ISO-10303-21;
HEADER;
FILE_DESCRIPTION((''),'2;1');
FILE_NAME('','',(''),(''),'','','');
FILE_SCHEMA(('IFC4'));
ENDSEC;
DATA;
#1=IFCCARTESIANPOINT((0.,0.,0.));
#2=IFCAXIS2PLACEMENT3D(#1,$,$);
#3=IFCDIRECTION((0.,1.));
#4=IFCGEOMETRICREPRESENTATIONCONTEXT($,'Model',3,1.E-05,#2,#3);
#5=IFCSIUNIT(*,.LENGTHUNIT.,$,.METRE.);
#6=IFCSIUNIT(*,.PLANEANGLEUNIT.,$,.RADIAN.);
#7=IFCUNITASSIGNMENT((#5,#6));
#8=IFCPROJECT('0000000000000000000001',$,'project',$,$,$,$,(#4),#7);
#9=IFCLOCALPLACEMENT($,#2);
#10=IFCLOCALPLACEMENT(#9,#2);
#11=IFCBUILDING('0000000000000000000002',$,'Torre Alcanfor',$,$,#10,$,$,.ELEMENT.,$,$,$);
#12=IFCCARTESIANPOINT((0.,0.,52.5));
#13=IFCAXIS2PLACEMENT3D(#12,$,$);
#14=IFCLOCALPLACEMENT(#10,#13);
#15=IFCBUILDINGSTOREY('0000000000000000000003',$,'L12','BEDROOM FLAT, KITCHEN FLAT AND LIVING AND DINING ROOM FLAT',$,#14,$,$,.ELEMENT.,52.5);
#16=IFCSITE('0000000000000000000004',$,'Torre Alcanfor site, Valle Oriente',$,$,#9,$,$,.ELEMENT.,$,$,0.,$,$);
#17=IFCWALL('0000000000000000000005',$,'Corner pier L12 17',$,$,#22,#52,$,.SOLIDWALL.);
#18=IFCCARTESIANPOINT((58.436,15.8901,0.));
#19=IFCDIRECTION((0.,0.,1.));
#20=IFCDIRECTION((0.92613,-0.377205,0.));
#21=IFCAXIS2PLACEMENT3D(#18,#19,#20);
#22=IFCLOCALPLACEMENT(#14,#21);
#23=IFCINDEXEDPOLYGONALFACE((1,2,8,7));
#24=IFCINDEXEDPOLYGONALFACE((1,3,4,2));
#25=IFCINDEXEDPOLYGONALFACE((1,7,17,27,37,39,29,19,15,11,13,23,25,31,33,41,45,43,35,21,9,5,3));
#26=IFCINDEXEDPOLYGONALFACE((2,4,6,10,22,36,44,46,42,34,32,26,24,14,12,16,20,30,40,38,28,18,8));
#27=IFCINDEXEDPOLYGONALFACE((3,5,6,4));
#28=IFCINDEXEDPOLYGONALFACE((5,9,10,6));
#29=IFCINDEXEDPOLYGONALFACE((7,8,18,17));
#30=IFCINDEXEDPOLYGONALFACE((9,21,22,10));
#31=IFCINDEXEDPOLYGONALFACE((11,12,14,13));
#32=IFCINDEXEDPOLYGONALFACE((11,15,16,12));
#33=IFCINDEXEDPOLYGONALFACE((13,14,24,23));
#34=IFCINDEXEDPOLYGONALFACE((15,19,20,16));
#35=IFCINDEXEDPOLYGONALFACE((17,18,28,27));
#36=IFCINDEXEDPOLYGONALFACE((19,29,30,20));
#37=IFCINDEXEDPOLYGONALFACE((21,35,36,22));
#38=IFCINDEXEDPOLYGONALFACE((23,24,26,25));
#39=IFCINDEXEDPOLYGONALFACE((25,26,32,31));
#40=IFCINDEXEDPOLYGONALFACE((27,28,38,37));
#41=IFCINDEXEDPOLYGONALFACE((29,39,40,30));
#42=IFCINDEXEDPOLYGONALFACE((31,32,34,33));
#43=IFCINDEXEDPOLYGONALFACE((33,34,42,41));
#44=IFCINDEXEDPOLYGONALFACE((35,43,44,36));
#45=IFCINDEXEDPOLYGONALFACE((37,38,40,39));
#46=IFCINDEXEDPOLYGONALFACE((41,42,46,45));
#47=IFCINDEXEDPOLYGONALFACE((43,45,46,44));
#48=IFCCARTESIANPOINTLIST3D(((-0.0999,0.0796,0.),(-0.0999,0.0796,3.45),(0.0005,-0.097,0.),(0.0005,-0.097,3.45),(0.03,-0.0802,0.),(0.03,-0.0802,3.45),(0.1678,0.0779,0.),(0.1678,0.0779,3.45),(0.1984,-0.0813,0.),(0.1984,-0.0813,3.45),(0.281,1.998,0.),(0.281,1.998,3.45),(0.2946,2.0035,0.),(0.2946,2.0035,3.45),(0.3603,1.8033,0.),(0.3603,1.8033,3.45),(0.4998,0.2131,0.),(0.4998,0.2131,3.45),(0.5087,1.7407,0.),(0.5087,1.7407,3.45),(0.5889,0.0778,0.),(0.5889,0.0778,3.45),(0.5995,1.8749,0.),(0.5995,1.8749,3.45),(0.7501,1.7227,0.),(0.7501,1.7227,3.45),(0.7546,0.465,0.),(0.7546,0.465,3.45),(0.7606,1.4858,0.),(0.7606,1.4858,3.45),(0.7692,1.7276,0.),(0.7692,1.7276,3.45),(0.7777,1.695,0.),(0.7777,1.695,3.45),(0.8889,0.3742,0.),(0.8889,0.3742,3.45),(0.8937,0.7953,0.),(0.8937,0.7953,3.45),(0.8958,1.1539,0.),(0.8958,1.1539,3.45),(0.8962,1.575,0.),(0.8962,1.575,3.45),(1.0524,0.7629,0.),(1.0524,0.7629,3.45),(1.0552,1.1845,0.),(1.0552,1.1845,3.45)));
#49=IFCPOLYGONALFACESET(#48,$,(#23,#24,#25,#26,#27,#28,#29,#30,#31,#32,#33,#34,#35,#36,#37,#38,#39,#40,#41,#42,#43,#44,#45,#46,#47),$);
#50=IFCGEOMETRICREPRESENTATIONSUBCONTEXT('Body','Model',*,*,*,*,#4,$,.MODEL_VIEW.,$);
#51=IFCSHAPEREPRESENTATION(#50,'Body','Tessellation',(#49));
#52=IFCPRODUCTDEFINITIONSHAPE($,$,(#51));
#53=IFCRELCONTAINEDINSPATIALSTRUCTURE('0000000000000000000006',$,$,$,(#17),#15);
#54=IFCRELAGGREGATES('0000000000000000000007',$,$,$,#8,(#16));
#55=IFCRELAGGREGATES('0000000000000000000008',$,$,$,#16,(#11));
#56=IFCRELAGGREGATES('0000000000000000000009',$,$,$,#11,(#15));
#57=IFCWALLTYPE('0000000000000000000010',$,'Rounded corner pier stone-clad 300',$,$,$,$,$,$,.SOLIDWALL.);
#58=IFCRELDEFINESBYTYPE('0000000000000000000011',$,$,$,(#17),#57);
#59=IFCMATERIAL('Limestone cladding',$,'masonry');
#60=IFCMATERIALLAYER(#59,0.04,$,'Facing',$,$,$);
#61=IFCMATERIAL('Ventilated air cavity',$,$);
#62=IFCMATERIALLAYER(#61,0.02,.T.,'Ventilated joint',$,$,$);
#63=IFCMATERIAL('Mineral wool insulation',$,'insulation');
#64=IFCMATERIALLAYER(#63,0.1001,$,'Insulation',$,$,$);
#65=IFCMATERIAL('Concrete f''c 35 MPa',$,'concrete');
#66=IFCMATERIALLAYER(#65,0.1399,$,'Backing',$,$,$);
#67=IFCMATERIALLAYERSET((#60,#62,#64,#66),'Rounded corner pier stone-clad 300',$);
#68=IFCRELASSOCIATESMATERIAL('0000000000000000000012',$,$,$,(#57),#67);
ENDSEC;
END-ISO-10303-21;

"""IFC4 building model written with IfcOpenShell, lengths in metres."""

from ifc_helpers import new_model, si_unit, direction, frame, origin, place, context, subcontext, project, spatial, polyline, outline, extrude, material, layer, layer_set, type_object, element, save


model = new_model("IFC4")

# Units and contexts
model_context = context("Model", 3, precision=1e-05, world=origin(), true_north=direction((0.0, 1.0)))
body_context = subcontext(model_context, "Body", "Model", "MODEL_VIEW")
ifc_project = project(units=[si_unit("LENGTHUNIT", "METRE"), si_unit("PLANEANGLEUNIT", "RADIAN")], contexts=[model_context])

# Site, building, storey
site_placement = place(None, origin())
site = spatial("IfcSite", under=ifc_project, at=site_placement, Name="Torre Alcanfor site, Valle Oriente", CompositionType="ELEMENT", RefElevation=0.0)
building_placement = place(site_placement, origin())
building = spatial("IfcBuilding", under=site, at=building_placement, Name="Torre Alcanfor", CompositionType="ELEMENT")
storey_placement = place(building_placement, frame((0.0, 0.0, 52.5)))
storey = spatial("IfcBuildingStorey", under=building, at=storey_placement, Name="L12", Description="BEDROOM FLAT, KITCHEN FLAT AND LIVING AND DINING ROOM FLAT", CompositionType="ELEMENT", Elevation=52.5)

# Shared definitions
ifc_material_1 = material(Name="Limestone cladding", Category="masonry")
ifc_material_2 = material(Name="Ventilated air cavity")
ifc_material_3 = material(Name="Mineral wool insulation", Category="insulation")
ifc_material_4 = material(Name="Concrete f'c 35 MPa", Category="concrete")

# Wall
ifc_layer_1 = layer(ifc_material_1, 0.04, Name="Facing")
ifc_layer_2 = layer(ifc_material_2, 0.02, ventilated=True, Name="Ventilated joint")
ifc_layer_3 = layer(ifc_material_3, 0.1001, Name="Insulation")
ifc_layer_4 = layer(ifc_material_4, 0.1399, Name="Backing")
ifc_layer_set_1 = layer_set([ifc_layer_1, ifc_layer_2, ifc_layer_3, ifc_layer_4], Name="Rounded corner pier stone-clad 300")
wall_type_1 = type_object("IfcWallType", Name="Rounded corner pier stone-clad 300", PredefinedType="SOLIDWALL", material=ifc_layer_set_1)
wall_1_placement = place(storey_placement, frame((58.436, 15.8901, 0.0), z_axis=(0.0, 0.0, 1.0), x_axis=(0.92613, -0.377205, 0.0)))
element("IfcWall", 1, at=wall_1_placement, inside=storey, type_object=wall_type_1, Name="Corner pier L12 17", PredefinedType="SOLIDWALL", context=body_context, shape_type="SweptSolid", body=[
    extrude(outline(polyline([(0.7692, 1.7276), (0.7501, 1.7227), (0.5995, 1.8749), (0.2946, 2.0035), (0.281, 1.998), (0.3603, 1.8033), (0.5087, 1.7407), (0.7606, 1.4858), (0.8958, 1.1539), (0.8937, 0.7953), (0.7546, 0.465), (0.4998, 0.2131), (0.1678, 0.0779), (-0.0999, 0.0796), (0.0005, -0.097), (0.03, -0.0802), (0.1984, -0.0813), (0.5889, 0.0778), (0.8889, 0.3742), (1.0524, 0.7629), (1.0552, 1.1845), (0.8962, 1.575), (0.7777, 1.695), (0.7692, 1.7276)])), origin(), (0.0, 0.0, 1.0), 3.45),
])

save(model, "model.ifc")
